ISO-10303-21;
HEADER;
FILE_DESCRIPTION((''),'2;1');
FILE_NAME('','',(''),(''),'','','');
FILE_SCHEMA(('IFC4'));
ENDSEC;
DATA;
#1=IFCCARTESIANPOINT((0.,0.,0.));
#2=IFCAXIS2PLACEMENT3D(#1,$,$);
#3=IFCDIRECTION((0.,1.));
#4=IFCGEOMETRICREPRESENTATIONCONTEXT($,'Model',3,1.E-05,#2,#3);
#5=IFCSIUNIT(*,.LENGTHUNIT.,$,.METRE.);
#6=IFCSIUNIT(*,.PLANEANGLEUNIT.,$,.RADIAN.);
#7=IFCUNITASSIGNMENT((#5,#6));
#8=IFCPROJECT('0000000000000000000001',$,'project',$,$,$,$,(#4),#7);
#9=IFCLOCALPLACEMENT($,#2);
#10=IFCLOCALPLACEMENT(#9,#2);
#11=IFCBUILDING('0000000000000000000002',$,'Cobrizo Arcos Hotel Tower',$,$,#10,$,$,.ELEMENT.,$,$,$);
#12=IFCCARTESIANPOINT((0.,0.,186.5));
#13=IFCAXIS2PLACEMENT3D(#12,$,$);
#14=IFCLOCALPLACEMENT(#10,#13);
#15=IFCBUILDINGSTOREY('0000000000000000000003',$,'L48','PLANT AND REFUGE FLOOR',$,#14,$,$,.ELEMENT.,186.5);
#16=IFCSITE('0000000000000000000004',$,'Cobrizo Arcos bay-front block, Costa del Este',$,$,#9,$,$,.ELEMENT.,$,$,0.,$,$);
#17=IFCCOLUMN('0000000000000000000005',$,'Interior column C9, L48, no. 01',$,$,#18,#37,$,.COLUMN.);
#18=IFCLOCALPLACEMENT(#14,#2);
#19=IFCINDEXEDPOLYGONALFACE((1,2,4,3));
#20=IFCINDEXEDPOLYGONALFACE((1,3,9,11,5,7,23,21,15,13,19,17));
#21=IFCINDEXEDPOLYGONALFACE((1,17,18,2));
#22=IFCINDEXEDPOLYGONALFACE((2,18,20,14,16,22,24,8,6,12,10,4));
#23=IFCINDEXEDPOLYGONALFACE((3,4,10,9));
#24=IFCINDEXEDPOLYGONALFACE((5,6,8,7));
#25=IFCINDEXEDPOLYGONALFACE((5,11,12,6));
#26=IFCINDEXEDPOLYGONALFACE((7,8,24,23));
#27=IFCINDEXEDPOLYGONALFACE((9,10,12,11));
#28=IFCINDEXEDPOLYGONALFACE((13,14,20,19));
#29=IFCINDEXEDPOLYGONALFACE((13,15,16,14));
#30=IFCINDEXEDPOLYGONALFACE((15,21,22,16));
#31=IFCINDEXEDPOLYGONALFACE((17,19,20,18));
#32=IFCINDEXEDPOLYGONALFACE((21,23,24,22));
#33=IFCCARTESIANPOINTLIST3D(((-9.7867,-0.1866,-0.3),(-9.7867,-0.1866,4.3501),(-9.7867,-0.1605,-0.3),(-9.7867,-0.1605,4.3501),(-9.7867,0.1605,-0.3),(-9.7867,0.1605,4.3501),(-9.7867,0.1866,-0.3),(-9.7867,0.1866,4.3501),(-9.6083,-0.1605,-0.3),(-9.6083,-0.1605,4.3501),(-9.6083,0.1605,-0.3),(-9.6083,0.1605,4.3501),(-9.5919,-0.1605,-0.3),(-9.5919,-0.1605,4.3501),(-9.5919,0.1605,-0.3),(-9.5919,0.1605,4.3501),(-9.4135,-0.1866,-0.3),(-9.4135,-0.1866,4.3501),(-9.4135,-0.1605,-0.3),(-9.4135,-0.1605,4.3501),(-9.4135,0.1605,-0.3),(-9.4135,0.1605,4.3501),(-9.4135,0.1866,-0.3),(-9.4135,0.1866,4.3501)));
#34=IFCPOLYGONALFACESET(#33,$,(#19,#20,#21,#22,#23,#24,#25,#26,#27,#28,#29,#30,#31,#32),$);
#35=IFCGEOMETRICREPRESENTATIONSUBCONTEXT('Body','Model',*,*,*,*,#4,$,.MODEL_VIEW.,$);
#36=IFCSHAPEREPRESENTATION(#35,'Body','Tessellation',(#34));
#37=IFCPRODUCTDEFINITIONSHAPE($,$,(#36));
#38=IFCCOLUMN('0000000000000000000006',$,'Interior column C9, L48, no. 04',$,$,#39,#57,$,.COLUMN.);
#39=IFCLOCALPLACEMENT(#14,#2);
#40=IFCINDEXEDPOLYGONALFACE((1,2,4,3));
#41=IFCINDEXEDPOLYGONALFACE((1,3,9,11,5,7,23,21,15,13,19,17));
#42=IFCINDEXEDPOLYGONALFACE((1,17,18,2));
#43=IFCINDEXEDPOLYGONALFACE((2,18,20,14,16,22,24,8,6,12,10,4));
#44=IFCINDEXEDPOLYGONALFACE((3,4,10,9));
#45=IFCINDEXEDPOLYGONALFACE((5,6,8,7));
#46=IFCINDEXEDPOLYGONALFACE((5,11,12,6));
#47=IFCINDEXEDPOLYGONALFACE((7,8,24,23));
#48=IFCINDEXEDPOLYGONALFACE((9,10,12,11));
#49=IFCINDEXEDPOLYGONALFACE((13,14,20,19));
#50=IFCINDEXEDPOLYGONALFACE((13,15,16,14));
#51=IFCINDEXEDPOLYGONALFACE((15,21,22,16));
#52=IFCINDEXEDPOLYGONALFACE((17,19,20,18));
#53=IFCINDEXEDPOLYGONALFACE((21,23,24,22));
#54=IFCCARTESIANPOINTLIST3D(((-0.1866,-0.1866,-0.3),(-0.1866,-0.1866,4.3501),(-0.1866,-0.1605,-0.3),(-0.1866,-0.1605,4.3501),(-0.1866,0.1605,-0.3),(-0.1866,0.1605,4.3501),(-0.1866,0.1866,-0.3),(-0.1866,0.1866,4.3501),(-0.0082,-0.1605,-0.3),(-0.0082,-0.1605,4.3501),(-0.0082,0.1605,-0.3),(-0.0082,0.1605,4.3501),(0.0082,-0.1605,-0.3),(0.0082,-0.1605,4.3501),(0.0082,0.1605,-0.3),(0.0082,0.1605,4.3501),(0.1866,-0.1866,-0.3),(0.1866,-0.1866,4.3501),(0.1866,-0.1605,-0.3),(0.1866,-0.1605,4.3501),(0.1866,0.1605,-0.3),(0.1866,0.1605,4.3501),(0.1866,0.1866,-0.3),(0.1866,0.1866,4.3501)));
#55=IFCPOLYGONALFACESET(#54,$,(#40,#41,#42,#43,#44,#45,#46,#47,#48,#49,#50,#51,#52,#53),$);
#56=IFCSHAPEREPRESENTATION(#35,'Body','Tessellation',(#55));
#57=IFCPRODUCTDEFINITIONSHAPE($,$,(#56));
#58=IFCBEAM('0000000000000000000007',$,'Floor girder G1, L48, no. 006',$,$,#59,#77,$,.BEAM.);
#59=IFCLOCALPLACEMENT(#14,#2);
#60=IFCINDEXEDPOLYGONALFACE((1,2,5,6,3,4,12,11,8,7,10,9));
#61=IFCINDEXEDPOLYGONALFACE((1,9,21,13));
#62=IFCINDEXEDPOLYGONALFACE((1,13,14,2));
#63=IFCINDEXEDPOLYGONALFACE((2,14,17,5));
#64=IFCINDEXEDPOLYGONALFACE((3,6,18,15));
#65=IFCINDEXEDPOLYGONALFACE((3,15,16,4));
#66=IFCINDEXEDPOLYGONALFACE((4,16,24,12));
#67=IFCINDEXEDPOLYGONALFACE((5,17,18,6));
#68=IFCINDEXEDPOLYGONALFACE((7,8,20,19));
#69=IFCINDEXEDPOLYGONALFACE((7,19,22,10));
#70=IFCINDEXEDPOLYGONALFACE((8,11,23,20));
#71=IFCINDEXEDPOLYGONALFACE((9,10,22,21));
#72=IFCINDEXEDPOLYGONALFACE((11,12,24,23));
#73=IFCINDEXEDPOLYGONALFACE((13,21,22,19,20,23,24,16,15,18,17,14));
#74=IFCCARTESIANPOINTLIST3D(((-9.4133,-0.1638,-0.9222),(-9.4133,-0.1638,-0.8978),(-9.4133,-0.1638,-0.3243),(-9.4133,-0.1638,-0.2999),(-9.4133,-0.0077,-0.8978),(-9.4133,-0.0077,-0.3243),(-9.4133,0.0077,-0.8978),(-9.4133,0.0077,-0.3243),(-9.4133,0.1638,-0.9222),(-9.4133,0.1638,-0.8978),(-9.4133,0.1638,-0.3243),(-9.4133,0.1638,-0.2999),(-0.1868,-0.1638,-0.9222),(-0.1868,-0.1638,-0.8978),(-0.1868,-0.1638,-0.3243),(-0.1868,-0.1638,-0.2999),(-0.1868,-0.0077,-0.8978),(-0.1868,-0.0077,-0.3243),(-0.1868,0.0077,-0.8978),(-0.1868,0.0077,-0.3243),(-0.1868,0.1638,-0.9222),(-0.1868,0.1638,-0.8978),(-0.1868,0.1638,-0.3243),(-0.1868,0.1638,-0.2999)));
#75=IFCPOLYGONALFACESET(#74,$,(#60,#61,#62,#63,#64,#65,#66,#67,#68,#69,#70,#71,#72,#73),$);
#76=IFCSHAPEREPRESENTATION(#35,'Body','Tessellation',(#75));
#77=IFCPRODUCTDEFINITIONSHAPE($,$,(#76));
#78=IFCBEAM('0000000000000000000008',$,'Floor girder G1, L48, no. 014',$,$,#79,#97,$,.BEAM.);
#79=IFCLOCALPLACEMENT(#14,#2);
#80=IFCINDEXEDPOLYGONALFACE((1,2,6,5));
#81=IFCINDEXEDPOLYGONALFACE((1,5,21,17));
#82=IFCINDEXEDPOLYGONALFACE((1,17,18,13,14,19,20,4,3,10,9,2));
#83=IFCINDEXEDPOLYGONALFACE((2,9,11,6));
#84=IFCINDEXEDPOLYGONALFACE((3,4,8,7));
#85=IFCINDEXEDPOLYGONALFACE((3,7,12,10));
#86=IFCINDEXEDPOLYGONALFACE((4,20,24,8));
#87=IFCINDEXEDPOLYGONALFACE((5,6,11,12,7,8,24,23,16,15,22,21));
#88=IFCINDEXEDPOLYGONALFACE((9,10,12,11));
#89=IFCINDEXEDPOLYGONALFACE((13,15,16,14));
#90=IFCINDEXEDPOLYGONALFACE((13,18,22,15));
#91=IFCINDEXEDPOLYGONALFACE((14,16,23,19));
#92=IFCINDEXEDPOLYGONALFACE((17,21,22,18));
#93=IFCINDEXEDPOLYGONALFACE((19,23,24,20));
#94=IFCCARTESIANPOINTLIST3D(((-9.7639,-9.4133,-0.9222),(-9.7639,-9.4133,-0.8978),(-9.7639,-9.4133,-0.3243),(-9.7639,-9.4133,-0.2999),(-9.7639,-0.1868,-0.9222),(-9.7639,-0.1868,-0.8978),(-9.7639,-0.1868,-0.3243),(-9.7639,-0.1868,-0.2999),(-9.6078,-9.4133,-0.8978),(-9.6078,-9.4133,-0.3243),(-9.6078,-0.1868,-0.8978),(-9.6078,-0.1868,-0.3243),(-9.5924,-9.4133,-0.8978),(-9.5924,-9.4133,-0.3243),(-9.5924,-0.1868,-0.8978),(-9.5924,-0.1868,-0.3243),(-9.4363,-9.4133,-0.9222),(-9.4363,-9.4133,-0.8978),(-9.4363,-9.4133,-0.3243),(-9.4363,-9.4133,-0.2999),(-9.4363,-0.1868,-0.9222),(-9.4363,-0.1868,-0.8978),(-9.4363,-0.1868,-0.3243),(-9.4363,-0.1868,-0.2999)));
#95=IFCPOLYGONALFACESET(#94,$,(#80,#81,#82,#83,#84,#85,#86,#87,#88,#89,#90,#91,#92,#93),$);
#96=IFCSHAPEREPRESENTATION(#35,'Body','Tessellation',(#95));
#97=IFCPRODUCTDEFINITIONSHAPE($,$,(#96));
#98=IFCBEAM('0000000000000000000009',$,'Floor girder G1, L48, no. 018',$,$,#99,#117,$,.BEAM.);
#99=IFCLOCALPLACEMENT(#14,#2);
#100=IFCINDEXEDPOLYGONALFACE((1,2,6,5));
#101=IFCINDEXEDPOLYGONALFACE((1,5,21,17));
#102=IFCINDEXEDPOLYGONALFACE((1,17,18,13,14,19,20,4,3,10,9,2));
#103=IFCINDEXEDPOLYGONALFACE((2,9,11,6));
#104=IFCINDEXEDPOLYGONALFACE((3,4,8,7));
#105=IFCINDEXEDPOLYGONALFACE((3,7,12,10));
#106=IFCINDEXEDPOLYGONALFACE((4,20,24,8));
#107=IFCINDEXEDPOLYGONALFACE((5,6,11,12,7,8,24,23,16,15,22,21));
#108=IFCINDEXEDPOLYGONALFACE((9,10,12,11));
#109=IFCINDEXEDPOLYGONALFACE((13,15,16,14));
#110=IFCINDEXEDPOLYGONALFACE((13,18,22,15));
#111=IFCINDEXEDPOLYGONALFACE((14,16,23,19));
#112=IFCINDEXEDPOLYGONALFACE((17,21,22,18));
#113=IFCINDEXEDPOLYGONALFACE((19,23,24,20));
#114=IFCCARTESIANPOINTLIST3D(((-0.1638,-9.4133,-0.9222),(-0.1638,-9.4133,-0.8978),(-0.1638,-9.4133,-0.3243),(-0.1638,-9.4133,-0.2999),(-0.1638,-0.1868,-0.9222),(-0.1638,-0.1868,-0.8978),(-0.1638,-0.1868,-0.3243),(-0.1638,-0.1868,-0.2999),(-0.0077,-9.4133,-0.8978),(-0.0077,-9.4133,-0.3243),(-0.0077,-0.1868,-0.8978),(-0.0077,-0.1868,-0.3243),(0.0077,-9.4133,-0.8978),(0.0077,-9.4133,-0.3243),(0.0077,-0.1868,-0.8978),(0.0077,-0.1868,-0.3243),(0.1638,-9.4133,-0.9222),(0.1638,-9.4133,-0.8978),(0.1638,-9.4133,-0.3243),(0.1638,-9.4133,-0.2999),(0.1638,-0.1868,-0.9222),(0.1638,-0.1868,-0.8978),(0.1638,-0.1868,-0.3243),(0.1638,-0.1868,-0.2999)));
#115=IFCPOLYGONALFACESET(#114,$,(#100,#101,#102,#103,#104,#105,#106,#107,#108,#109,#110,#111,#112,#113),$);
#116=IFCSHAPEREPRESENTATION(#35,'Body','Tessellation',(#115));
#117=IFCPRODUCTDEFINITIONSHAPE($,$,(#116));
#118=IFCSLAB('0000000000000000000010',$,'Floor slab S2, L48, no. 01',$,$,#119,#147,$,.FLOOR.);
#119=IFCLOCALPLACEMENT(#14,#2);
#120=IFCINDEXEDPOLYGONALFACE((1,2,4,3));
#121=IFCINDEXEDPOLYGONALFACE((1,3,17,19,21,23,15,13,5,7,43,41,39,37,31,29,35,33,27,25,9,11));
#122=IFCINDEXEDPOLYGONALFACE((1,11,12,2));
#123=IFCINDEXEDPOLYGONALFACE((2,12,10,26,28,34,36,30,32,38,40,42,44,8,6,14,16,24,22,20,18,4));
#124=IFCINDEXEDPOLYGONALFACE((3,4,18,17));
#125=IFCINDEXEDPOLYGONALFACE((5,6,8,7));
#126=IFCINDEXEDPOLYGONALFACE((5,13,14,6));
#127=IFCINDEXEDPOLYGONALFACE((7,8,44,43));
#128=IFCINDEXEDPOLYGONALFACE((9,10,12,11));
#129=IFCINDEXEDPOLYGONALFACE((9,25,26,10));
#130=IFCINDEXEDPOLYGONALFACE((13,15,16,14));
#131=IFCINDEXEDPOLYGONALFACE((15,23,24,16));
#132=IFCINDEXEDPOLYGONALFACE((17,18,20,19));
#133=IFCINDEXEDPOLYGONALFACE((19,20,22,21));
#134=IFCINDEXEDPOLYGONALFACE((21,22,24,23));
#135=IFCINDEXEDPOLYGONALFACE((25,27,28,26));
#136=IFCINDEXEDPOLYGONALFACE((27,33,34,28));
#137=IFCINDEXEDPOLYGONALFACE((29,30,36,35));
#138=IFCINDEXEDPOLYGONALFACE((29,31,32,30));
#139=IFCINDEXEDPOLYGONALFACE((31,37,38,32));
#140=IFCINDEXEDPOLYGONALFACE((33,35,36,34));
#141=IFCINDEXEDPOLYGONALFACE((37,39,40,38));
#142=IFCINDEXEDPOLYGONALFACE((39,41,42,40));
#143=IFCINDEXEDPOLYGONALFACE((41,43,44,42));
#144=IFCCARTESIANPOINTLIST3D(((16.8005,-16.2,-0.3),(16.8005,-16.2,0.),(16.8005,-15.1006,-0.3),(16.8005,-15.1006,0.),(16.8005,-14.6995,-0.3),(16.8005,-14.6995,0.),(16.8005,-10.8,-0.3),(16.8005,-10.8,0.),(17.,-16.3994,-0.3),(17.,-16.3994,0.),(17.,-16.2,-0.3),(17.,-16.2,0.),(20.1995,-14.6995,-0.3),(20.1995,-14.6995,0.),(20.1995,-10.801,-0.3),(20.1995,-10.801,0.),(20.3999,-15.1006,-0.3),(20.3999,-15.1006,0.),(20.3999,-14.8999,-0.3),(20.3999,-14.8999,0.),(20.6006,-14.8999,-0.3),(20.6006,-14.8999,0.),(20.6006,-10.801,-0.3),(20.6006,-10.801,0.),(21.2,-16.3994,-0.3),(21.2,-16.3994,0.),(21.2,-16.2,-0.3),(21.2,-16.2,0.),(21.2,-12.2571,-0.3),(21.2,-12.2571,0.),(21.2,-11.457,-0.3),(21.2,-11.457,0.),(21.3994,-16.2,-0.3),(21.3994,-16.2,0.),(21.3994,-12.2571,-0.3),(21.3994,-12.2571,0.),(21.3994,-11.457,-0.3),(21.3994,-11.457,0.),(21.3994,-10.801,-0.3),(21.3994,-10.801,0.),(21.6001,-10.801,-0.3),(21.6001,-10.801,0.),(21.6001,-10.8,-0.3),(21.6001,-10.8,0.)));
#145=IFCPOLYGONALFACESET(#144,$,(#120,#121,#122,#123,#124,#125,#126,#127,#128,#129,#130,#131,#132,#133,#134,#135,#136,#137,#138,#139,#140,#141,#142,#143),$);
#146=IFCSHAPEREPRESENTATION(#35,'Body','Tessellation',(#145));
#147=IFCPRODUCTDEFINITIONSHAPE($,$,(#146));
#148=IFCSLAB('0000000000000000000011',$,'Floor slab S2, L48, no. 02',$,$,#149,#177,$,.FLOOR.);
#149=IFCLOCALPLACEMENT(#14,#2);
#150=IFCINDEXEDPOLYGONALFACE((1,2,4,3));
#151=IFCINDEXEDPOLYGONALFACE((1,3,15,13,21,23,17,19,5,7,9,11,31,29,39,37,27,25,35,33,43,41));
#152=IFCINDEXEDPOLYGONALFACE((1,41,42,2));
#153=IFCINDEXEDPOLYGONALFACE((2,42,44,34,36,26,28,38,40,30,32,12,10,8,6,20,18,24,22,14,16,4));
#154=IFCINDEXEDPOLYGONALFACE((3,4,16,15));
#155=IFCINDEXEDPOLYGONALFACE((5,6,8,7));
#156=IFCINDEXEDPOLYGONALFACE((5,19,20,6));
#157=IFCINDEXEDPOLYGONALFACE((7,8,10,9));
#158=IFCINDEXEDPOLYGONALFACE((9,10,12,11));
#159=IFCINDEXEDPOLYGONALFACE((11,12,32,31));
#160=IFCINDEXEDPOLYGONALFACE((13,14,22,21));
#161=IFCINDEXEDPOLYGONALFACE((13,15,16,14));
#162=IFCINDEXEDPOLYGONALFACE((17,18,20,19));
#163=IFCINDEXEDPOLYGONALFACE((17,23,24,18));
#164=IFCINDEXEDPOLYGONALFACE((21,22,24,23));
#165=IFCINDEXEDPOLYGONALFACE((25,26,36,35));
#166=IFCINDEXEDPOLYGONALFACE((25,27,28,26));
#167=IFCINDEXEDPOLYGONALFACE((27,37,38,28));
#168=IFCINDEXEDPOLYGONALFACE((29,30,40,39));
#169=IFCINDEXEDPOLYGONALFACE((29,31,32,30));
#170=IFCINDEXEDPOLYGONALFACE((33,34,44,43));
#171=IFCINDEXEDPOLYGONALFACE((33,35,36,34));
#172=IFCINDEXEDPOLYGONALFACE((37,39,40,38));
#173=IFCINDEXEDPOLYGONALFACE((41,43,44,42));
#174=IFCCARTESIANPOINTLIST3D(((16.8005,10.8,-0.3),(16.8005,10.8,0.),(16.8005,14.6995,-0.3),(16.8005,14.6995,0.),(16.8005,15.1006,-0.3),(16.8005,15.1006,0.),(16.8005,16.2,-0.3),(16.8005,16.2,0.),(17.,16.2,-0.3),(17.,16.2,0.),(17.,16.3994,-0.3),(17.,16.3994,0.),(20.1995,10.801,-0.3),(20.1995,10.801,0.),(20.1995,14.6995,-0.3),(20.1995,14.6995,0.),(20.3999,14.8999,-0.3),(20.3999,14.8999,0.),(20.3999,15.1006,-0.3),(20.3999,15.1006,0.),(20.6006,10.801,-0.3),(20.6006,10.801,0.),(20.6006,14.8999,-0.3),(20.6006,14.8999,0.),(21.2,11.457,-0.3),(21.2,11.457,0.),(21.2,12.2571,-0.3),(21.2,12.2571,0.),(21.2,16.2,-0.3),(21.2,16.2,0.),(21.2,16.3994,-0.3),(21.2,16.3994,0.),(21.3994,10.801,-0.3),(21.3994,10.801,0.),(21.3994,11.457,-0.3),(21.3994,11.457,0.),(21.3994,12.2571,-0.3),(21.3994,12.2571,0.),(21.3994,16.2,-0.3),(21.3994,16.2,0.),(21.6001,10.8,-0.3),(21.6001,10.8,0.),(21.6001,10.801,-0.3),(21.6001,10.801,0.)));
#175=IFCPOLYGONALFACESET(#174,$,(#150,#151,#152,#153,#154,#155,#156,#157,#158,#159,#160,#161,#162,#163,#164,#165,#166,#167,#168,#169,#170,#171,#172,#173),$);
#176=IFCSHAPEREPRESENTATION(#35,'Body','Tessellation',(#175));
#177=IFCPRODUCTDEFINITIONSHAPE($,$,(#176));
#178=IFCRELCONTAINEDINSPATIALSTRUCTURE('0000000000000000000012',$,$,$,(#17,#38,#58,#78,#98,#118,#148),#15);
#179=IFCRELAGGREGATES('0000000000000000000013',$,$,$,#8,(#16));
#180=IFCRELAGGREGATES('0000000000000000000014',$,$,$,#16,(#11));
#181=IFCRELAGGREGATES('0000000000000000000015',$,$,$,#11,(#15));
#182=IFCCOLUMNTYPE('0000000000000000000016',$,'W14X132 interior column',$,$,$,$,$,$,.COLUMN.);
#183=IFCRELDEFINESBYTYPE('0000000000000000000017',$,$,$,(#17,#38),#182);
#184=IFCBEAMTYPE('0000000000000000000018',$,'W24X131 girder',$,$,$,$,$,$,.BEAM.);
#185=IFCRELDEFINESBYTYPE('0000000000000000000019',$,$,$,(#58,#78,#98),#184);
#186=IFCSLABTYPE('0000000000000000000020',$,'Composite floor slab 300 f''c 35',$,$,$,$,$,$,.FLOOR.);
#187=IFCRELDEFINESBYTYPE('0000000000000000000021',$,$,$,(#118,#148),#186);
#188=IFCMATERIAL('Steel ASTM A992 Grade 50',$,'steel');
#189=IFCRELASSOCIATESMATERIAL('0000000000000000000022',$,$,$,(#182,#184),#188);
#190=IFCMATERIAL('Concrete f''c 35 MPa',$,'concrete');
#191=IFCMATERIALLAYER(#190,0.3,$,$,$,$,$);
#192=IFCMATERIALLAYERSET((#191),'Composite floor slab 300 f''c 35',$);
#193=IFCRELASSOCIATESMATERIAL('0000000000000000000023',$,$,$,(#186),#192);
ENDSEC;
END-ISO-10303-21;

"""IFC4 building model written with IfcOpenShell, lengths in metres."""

from ifc_helpers import new_model, si_unit, direction, frame, origin, origin_2d, place, context, subcontext, project, spatial, polyline, i_section, outline, extrude, material, layer, layer_set, material_profile, profile_set, type_object, element, save


model = new_model("IFC4")

# Units and contexts
model_context = context("Model", 3, precision=1e-05, world=origin(), true_north=direction((0.0, 1.0)))
body_context = subcontext(model_context, "Body", "Model", "MODEL_VIEW")
ifc_project = project(units=[si_unit("LENGTHUNIT", "METRE"), si_unit("PLANEANGLEUNIT", "RADIAN")], contexts=[model_context])

# Site, building, storey
site_placement = place(None, origin())
site = spatial("IfcSite", under=ifc_project, at=site_placement, Name="Cobrizo Arcos bay-front block, Costa del Este", CompositionType="ELEMENT", RefElevation=0.0)
building_placement = place(site_placement, origin())
building = spatial("IfcBuilding", under=site, at=building_placement, Name="Cobrizo Arcos Hotel Tower", CompositionType="ELEMENT")
storey_placement = place(building_placement, frame((0.0, 0.0, 186.5)))
storey = spatial("IfcBuildingStorey", under=building, at=storey_placement, Name="L48", Description="PLANT AND REFUGE FLOOR", CompositionType="ELEMENT", Elevation=186.5)

# Columns
ifc_material_1 = material(Name="Steel ASTM A992 Grade 50", Category="steel")
ifc_material_profile_1 = material_profile(ifc_material_1, i_section(OverallWidth=0.3733, OverallDepth=0.3733, WebThickness=0.0164, FlangeThickness=0.0261, at=origin_2d()), Name="W14X132")
ifc_profile_set_1 = profile_set([ifc_material_profile_1], Name="Steel ASTM A992 Grade 50")
column_type = type_object("IfcColumnType", Name="W14X132 interior column", PredefinedType="COLUMN", material=ifc_profile_set_1)
for number, where, z_axis, x_axis, name in (
    (1, (-9.6001, 0.0, -0.3), (0.0, 0.0, 1.0), (1.0, 0.0, 0.0), "Interior column C9, L48, no. 01"),
    (2, (0.0, 0.0, -0.3), (0.0, 0.0, 1.0), (1.0, 0.0, 0.0), "Interior column C9, L48, no. 04"),
):
    element("IfcColumn", number, at=place(storey_placement, frame(where, z_axis=z_axis, x_axis=x_axis)), inside=storey, type_object=column_type, Name=name, PredefinedType="COLUMN", context=body_context, shape_type="SweptSolid", body=[
        extrude(i_section(OverallWidth=0.3733, OverallDepth=0.3733, WebThickness=0.0164, FlangeThickness=0.0261, at=origin_2d()), origin(), (0.0, 0.0, 1.0), 4.6501),
    ])

# Beams
ifc_material_profile_2 = material_profile(ifc_material_1, i_section(OverallWidth=0.3276, OverallDepth=0.6223, WebThickness=0.0154, FlangeThickness=0.0244, at=origin_2d()), Name="W24X131")
ifc_profile_set_2 = profile_set([ifc_material_profile_2], Name="Steel ASTM A992 Grade 50")
beam_type = type_object("IfcBeamType", Name="W24X131 girder", PredefinedType="BEAM", material=ifc_profile_set_2)
for number, where, z_axis, x_axis, name in (
    (3, (-9.4133, 0.0, -0.6111), (1.0, 0.0, 0.0), (0.0, 1.0, 0.0), "Floor girder G1, L48, no. 006"),
    (4, (-9.6001, -9.4133, -0.6111), (0.0, 1.0, 0.0), (-1.0, 0.0, 0.0), "Floor girder G1, L48, no. 014"),
    (5, (0.0, -9.4133, -0.6111), (0.0, 1.0, 0.0), (-1.0, 0.0, 0.0), "Floor girder G1, L48, no. 018"),
):
    element("IfcBeam", number, at=place(storey_placement, frame(where, z_axis=z_axis, x_axis=x_axis)), inside=storey, type_object=beam_type, Name=name, PredefinedType="BEAM", context=body_context, shape_type="SweptSolid", body=[
        extrude(i_section(OverallWidth=0.3276, OverallDepth=0.6223, WebThickness=0.0154, FlangeThickness=0.0244, at=origin_2d()), origin(), (0.0, 0.0, 1.0), 9.2266),
    ])

# Slabs
ifc_material_2 = material(Name="Concrete f'c 35 MPa", Category="concrete")
ifc_layer_1 = layer(ifc_material_2, 0.3)
ifc_layer_set_1 = layer_set([ifc_layer_1], Name="Composite floor slab 300 f'c 35")
slab_type_1 = type_object("IfcSlabType", Name="Composite floor slab 300 f'c 35", PredefinedType="FLOOR", material=ifc_layer_set_1)
slab_1_placement = place(storey_placement, frame((0.0, 0.0, -0.3)))
element("IfcSlab", 6, at=slab_1_placement, inside=storey, type_object=slab_type_1, Name="Floor slab S2, L48, no. 01", PredefinedType="FLOOR", context=body_context, shape_type="SweptSolid", body=[
    extrude(outline(polyline([(21.6001, -10.801), (21.3994, -10.801), (21.3994, -11.457), (21.2, -11.457), (21.2, -12.2571), (21.3994, -12.2571), (21.3994, -16.2), (21.2, -16.2), (21.2, -16.3994), (17.0, -16.3994), (17.0, -16.2), (16.8005, -16.2), (16.8005, -15.1006), (20.3999, -15.1006), (20.3999, -14.8999), (20.6006, -14.8999), (20.6006, -10.801), (20.1995, -10.801), (20.1995, -14.6995), (16.8005, -14.6995), (16.8005, -10.8), (21.6001, -10.8), (21.6001, -10.801)])), origin(), (0.0, 0.0, 1.0), 0.3),
])
slab_2_placement = place(storey_placement, frame((0.0, 0.0, -0.3)))
element("IfcSlab", 7, at=slab_2_placement, inside=storey, type_object=slab_type_1, Name="Floor slab S2, L48, no. 02", PredefinedType="FLOOR", context=body_context, shape_type="SweptSolid", body=[
    extrude(outline(polyline([(21.6001, 10.8), (16.8005, 10.8), (16.8005, 14.6995), (20.1995, 14.6995), (20.1995, 10.801), (20.6006, 10.801), (20.6006, 14.8999), (20.3999, 14.8999), (20.3999, 15.1006), (16.8005, 15.1006), (16.8005, 16.2), (17.0, 16.2), (17.0, 16.3994), (21.2, 16.3994), (21.2, 16.2), (21.3994, 16.2), (21.3994, 12.2571), (21.2, 12.2571), (21.2, 11.457), (21.3994, 11.457), (21.3994, 10.801), (21.6001, 10.801), (21.6001, 10.8)])), origin(), (0.0, 0.0, 1.0), 0.3),
])

save(model, "model.ifc")
